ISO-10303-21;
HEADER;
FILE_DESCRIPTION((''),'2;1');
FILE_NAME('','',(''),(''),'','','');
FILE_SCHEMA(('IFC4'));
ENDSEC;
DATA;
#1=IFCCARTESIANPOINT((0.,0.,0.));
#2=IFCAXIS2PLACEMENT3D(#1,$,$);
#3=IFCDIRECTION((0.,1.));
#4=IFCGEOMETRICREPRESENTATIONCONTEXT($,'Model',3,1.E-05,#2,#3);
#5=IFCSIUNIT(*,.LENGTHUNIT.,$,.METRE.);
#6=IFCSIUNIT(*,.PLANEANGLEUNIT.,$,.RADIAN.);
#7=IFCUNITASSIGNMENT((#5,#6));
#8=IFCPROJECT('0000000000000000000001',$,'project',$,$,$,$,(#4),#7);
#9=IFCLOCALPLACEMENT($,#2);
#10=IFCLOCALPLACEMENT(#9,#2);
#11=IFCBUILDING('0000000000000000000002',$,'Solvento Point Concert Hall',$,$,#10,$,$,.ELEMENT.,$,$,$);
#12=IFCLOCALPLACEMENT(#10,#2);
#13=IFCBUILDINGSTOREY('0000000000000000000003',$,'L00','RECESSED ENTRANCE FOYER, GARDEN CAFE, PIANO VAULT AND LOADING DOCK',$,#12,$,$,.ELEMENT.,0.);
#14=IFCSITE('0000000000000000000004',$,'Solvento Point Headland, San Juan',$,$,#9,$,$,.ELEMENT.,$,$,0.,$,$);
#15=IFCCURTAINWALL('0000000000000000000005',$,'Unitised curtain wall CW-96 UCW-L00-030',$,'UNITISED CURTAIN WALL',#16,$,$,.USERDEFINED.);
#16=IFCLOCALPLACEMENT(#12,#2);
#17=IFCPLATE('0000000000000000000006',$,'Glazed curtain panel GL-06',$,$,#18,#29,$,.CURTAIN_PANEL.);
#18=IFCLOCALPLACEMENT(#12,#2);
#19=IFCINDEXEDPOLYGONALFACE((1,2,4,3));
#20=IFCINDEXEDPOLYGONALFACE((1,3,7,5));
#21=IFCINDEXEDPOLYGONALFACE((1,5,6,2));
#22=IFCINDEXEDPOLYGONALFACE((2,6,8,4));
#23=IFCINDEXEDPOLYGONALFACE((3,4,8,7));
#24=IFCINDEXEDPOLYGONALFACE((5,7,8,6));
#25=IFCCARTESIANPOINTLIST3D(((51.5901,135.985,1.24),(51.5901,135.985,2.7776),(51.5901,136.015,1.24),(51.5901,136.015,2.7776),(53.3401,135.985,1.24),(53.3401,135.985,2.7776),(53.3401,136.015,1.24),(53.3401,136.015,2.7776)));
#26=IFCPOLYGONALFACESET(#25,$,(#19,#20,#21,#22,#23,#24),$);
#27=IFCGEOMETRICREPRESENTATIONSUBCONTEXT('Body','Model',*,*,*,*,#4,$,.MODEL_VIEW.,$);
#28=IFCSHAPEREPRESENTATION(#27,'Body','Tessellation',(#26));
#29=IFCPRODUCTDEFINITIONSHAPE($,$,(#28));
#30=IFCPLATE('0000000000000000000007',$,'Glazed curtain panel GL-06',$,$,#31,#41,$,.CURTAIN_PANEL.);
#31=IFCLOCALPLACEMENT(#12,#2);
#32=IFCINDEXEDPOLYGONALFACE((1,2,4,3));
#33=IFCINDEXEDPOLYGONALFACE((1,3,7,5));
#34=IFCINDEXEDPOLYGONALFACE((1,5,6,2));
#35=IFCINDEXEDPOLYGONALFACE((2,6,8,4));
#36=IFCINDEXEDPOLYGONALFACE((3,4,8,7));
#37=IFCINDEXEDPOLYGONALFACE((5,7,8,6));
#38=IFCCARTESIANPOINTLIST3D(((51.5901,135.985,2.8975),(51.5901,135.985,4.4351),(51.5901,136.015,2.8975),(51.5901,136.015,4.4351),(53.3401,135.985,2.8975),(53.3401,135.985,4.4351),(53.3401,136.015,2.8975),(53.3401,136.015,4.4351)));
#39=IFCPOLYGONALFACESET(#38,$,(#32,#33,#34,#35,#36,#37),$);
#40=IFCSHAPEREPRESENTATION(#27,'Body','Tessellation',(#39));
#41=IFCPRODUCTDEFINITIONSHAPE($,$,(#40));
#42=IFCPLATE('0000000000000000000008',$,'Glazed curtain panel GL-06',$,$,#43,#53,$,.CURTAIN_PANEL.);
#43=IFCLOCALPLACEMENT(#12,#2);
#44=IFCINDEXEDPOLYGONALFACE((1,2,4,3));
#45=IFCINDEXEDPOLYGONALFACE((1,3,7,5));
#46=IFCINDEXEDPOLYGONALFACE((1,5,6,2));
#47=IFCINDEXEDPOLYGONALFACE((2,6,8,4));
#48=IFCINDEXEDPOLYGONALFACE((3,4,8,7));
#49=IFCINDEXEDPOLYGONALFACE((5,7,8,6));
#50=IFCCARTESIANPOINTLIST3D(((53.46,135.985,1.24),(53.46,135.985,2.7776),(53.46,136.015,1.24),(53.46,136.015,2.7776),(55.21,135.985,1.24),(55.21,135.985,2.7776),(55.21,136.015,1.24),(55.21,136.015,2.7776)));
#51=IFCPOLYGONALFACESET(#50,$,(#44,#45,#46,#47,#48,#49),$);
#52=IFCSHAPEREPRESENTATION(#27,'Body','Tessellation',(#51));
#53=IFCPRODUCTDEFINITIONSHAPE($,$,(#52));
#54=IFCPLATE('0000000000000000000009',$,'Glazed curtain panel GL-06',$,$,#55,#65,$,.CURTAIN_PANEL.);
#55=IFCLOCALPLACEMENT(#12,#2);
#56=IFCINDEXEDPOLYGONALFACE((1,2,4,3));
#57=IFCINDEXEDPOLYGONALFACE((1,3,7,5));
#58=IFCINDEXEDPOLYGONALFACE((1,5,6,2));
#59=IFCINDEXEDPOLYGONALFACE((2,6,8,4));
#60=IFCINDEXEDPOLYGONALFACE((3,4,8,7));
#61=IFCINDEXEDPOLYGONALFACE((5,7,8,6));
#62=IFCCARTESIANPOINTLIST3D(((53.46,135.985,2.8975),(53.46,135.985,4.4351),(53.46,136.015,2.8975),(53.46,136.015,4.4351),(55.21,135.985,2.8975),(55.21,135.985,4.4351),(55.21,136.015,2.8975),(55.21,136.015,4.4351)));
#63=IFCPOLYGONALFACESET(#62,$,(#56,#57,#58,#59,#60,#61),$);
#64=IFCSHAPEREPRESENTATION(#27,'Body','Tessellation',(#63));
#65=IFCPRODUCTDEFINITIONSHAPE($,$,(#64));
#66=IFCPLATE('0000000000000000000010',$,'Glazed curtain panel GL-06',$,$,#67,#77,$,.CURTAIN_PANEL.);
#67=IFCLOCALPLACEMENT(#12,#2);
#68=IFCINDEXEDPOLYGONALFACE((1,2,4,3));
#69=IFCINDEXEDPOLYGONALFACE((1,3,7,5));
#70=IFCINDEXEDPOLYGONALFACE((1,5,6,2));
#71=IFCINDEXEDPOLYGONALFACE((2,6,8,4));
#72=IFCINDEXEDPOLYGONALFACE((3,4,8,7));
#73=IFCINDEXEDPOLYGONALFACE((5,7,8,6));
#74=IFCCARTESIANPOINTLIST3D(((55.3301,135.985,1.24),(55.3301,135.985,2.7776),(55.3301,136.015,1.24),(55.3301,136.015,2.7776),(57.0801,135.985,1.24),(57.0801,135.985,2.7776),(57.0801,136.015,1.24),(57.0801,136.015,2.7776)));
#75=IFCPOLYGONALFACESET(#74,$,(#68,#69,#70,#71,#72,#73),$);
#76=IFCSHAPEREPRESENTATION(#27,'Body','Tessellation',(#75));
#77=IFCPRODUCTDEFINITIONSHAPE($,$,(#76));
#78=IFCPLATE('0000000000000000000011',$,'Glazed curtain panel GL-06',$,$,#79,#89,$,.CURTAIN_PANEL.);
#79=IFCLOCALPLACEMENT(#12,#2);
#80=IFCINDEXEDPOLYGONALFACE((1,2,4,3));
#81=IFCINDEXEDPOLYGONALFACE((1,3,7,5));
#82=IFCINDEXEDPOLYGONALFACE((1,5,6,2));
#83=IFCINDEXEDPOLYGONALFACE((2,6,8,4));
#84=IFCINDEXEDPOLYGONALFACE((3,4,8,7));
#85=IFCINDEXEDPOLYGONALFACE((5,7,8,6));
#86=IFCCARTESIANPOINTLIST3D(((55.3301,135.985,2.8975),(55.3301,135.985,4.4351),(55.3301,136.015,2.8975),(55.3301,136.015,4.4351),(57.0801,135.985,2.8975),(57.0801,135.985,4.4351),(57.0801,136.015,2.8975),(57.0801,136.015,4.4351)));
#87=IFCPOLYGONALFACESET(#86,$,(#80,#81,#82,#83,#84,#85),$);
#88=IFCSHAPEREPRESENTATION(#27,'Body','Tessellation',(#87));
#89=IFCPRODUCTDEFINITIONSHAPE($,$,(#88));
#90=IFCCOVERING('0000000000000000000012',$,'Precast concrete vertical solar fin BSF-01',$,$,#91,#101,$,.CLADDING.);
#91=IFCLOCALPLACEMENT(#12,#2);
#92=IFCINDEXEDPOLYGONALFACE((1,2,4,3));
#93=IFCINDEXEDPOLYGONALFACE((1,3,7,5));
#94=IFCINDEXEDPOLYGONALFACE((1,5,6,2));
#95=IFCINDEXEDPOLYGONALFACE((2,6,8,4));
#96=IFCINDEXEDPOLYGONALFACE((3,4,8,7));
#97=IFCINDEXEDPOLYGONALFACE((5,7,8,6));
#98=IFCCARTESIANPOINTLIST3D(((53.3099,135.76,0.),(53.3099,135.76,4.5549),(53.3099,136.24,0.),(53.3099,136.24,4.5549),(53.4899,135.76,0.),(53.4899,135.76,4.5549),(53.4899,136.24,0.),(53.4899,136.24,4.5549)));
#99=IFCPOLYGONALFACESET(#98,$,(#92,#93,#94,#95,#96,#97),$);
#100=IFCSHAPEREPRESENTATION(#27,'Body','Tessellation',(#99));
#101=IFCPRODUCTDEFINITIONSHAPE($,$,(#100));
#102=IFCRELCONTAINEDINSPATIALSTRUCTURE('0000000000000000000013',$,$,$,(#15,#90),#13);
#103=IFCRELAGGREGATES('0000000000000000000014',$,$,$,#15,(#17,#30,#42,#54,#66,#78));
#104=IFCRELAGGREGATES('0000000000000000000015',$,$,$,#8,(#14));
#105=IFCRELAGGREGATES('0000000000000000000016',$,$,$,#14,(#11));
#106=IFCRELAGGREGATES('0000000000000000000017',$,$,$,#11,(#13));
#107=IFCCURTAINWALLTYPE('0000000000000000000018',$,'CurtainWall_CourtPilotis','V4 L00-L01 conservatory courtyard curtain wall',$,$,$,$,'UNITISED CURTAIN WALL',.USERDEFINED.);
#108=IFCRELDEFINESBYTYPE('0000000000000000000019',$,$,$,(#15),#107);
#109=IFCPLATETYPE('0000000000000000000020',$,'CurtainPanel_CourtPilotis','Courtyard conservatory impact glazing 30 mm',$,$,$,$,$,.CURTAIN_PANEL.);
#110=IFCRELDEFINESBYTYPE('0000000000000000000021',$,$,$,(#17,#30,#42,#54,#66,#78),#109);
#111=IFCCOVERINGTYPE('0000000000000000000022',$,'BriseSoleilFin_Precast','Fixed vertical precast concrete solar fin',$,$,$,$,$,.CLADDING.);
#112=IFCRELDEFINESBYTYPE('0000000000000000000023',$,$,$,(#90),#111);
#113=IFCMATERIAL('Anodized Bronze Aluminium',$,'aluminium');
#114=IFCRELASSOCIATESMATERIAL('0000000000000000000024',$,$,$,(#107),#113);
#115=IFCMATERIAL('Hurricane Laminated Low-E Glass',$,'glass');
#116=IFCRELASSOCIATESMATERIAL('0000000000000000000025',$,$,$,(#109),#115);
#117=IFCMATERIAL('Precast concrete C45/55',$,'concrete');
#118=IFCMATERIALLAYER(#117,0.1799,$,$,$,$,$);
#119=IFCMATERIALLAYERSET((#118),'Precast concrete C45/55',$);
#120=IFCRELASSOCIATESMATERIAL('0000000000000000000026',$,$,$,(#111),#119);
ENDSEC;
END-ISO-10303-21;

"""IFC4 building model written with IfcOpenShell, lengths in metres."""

from ifc_helpers import new_model, si_unit, direction, frame, origin, origin_2d, place, context, subcontext, project, spatial, rectangle, extrude, material, layer, layer_set, type_object, element, aggregate, save


model = new_model("IFC4")

# Units and contexts
model_context = context("Model", 3, precision=1e-05, world=origin(), true_north=direction((0.0, 1.0)))
body_context = subcontext(model_context, "Body", "Model", "MODEL_VIEW")
ifc_project = project(units=[si_unit("LENGTHUNIT", "METRE"), si_unit("PLANEANGLEUNIT", "RADIAN")], contexts=[model_context])

# Site, building, storey
site_placement = place(None, origin())
site = spatial("IfcSite", under=ifc_project, at=site_placement, Name="Solvento Point Headland, San Juan", CompositionType="ELEMENT", RefElevation=0.0)
building_placement = place(site_placement, origin())
building = spatial("IfcBuilding", under=site, at=building_placement, Name="Solvento Point Concert Hall", CompositionType="ELEMENT")
storey_placement = place(building_placement, origin())
storey = spatial("IfcBuildingStorey", under=building, at=storey_placement, Name="L00", Description="RECESSED ENTRANCE FOYER, GARDEN CAFE, PIANO VAULT AND LOADING DOCK", CompositionType="ELEMENT", Elevation=0.0)

# Curtain wall, plates
ifc_material_1 = material(Name="Anodized Bronze Aluminium", Category="aluminium")
curtain_wall_type = type_object("IfcCurtainWallType", Name="CurtainWall_CourtPilotis", Description="V4 L00-L01 conservatory courtyard curtain wall", ElementType="UNITISED CURTAIN WALL", PredefinedType="USERDEFINED", material=ifc_material_1)
curtain_wall_placement = place(storey_placement, origin())
curtain_wall = element("IfcCurtainWall", 1, at=curtain_wall_placement, inside=storey, type_object=curtain_wall_type, Name="Unitised curtain wall CW-96 UCW-L00-030", ObjectType="UNITISED CURTAIN WALL", PredefinedType="USERDEFINED")
ifc_material_2 = material(Name="Hurricane Laminated Low-E Glass", Category="glass")
plate_type = type_object("IfcPlateType", Name="CurtainPanel_CourtPilotis", Description="Courtyard conservatory impact glazing 30 mm", PredefinedType="CURTAIN_PANEL", material=ifc_material_2)
plate_1_placement = place(storey_placement, frame((52.4651, 136.0, 1.24), z_axis=(0.0, 0.0, 1.0), x_axis=(1.0, 0.0, 0.0)))
plate_1 = element("IfcPlate", 2, at=plate_1_placement, type_object=plate_type, Name="Glazed curtain panel GL-06", PredefinedType="CURTAIN_PANEL", context=body_context, shape_type="SweptSolid", body=[
    extrude(rectangle(XDim=1.75, YDim=0.03, at=origin_2d()), origin(), (0.0, 0.0, 1.0), 1.5376),
])
plate_2_placement = place(storey_placement, frame((52.4651, 136.0, 2.8975), z_axis=(0.0, 0.0, 1.0), x_axis=(1.0, 0.0, 0.0)))
plate_2 = element("IfcPlate", 3, at=plate_2_placement, type_object=plate_type, Name="Glazed curtain panel GL-06", PredefinedType="CURTAIN_PANEL", context=body_context, shape_type="SweptSolid", body=[
    extrude(rectangle(XDim=1.75, YDim=0.03, at=origin_2d()), origin(), (0.0, 0.0, 1.0), 1.5376),
])
plate_3_placement = place(storey_placement, frame((54.335, 136.0, 1.24), z_axis=(0.0, 0.0, 1.0), x_axis=(1.0, 0.0, 0.0)))
plate_3 = element("IfcPlate", 4, at=plate_3_placement, type_object=plate_type, Name="Glazed curtain panel GL-06", PredefinedType="CURTAIN_PANEL", context=body_context, shape_type="SweptSolid", body=[
    extrude(rectangle(XDim=1.75, YDim=0.03, at=origin_2d()), origin(), (0.0, 0.0, 1.0), 1.5376),
])
plate_4_placement = place(storey_placement, frame((54.335, 136.0, 2.8975), z_axis=(0.0, 0.0, 1.0), x_axis=(1.0, 0.0, 0.0)))
plate_4 = element("IfcPlate", 5, at=plate_4_placement, type_object=plate_type, Name="Glazed curtain panel GL-06", PredefinedType="CURTAIN_PANEL", context=body_context, shape_type="SweptSolid", body=[
    extrude(rectangle(XDim=1.75, YDim=0.03, at=origin_2d()), origin(), (0.0, 0.0, 1.0), 1.5376),
])
plate_5_placement = place(storey_placement, frame((56.2051, 136.0, 1.24), z_axis=(0.0, 0.0, 1.0), x_axis=(1.0, 0.0, 0.0)))
plate_5 = element("IfcPlate", 6, at=plate_5_placement, type_object=plate_type, Name="Glazed curtain panel GL-06", PredefinedType="CURTAIN_PANEL", context=body_context, shape_type="SweptSolid", body=[
    extrude(rectangle(XDim=1.75, YDim=0.03, at=origin_2d()), origin(), (0.0, 0.0, 1.0), 1.5376),
])
plate_6_placement = place(storey_placement, frame((56.2051, 136.0, 2.8975), z_axis=(0.0, 0.0, 1.0), x_axis=(1.0, 0.0, 0.0)))
plate_6 = element("IfcPlate", 7, at=plate_6_placement, type_object=plate_type, Name="Glazed curtain panel GL-06", PredefinedType="CURTAIN_PANEL", context=body_context, shape_type="SweptSolid", body=[
    extrude(rectangle(XDim=1.75, YDim=0.03, at=origin_2d()), origin(), (0.0, 0.0, 1.0), 1.5376),
])
aggregate(curtain_wall, [plate_1, plate_2, plate_3, plate_4, plate_5, plate_6])

# Covering
ifc_material_3 = material(Name="Precast concrete C45/55", Category="concrete")
ifc_layer_1 = layer(ifc_material_3, 0.1799)
ifc_layer_set_1 = layer_set([ifc_layer_1], Name="Precast concrete C45/55")
covering_type = type_object("IfcCoveringType", Name="BriseSoleilFin_Precast", Description="Fixed vertical precast concrete solar fin", PredefinedType="CLADDING", material=ifc_layer_set_1)
covering_placement = place(storey_placement, frame((53.3999, 136.0, 0.0), z_axis=(0.0, 0.0, 1.0), x_axis=(1.0, 0.0, 0.0)))
element("IfcCovering", 8, at=covering_placement, inside=storey, type_object=covering_type, Name="Precast concrete vertical solar fin BSF-01", PredefinedType="CLADDING", context=body_context, shape_type="SweptSolid", body=[
    extrude(rectangle(XDim=0.1799, YDim=0.48, at=origin_2d()), origin(), (0.0, 0.0, 1.0), 4.5549),
])

save(model, "model.ifc")
